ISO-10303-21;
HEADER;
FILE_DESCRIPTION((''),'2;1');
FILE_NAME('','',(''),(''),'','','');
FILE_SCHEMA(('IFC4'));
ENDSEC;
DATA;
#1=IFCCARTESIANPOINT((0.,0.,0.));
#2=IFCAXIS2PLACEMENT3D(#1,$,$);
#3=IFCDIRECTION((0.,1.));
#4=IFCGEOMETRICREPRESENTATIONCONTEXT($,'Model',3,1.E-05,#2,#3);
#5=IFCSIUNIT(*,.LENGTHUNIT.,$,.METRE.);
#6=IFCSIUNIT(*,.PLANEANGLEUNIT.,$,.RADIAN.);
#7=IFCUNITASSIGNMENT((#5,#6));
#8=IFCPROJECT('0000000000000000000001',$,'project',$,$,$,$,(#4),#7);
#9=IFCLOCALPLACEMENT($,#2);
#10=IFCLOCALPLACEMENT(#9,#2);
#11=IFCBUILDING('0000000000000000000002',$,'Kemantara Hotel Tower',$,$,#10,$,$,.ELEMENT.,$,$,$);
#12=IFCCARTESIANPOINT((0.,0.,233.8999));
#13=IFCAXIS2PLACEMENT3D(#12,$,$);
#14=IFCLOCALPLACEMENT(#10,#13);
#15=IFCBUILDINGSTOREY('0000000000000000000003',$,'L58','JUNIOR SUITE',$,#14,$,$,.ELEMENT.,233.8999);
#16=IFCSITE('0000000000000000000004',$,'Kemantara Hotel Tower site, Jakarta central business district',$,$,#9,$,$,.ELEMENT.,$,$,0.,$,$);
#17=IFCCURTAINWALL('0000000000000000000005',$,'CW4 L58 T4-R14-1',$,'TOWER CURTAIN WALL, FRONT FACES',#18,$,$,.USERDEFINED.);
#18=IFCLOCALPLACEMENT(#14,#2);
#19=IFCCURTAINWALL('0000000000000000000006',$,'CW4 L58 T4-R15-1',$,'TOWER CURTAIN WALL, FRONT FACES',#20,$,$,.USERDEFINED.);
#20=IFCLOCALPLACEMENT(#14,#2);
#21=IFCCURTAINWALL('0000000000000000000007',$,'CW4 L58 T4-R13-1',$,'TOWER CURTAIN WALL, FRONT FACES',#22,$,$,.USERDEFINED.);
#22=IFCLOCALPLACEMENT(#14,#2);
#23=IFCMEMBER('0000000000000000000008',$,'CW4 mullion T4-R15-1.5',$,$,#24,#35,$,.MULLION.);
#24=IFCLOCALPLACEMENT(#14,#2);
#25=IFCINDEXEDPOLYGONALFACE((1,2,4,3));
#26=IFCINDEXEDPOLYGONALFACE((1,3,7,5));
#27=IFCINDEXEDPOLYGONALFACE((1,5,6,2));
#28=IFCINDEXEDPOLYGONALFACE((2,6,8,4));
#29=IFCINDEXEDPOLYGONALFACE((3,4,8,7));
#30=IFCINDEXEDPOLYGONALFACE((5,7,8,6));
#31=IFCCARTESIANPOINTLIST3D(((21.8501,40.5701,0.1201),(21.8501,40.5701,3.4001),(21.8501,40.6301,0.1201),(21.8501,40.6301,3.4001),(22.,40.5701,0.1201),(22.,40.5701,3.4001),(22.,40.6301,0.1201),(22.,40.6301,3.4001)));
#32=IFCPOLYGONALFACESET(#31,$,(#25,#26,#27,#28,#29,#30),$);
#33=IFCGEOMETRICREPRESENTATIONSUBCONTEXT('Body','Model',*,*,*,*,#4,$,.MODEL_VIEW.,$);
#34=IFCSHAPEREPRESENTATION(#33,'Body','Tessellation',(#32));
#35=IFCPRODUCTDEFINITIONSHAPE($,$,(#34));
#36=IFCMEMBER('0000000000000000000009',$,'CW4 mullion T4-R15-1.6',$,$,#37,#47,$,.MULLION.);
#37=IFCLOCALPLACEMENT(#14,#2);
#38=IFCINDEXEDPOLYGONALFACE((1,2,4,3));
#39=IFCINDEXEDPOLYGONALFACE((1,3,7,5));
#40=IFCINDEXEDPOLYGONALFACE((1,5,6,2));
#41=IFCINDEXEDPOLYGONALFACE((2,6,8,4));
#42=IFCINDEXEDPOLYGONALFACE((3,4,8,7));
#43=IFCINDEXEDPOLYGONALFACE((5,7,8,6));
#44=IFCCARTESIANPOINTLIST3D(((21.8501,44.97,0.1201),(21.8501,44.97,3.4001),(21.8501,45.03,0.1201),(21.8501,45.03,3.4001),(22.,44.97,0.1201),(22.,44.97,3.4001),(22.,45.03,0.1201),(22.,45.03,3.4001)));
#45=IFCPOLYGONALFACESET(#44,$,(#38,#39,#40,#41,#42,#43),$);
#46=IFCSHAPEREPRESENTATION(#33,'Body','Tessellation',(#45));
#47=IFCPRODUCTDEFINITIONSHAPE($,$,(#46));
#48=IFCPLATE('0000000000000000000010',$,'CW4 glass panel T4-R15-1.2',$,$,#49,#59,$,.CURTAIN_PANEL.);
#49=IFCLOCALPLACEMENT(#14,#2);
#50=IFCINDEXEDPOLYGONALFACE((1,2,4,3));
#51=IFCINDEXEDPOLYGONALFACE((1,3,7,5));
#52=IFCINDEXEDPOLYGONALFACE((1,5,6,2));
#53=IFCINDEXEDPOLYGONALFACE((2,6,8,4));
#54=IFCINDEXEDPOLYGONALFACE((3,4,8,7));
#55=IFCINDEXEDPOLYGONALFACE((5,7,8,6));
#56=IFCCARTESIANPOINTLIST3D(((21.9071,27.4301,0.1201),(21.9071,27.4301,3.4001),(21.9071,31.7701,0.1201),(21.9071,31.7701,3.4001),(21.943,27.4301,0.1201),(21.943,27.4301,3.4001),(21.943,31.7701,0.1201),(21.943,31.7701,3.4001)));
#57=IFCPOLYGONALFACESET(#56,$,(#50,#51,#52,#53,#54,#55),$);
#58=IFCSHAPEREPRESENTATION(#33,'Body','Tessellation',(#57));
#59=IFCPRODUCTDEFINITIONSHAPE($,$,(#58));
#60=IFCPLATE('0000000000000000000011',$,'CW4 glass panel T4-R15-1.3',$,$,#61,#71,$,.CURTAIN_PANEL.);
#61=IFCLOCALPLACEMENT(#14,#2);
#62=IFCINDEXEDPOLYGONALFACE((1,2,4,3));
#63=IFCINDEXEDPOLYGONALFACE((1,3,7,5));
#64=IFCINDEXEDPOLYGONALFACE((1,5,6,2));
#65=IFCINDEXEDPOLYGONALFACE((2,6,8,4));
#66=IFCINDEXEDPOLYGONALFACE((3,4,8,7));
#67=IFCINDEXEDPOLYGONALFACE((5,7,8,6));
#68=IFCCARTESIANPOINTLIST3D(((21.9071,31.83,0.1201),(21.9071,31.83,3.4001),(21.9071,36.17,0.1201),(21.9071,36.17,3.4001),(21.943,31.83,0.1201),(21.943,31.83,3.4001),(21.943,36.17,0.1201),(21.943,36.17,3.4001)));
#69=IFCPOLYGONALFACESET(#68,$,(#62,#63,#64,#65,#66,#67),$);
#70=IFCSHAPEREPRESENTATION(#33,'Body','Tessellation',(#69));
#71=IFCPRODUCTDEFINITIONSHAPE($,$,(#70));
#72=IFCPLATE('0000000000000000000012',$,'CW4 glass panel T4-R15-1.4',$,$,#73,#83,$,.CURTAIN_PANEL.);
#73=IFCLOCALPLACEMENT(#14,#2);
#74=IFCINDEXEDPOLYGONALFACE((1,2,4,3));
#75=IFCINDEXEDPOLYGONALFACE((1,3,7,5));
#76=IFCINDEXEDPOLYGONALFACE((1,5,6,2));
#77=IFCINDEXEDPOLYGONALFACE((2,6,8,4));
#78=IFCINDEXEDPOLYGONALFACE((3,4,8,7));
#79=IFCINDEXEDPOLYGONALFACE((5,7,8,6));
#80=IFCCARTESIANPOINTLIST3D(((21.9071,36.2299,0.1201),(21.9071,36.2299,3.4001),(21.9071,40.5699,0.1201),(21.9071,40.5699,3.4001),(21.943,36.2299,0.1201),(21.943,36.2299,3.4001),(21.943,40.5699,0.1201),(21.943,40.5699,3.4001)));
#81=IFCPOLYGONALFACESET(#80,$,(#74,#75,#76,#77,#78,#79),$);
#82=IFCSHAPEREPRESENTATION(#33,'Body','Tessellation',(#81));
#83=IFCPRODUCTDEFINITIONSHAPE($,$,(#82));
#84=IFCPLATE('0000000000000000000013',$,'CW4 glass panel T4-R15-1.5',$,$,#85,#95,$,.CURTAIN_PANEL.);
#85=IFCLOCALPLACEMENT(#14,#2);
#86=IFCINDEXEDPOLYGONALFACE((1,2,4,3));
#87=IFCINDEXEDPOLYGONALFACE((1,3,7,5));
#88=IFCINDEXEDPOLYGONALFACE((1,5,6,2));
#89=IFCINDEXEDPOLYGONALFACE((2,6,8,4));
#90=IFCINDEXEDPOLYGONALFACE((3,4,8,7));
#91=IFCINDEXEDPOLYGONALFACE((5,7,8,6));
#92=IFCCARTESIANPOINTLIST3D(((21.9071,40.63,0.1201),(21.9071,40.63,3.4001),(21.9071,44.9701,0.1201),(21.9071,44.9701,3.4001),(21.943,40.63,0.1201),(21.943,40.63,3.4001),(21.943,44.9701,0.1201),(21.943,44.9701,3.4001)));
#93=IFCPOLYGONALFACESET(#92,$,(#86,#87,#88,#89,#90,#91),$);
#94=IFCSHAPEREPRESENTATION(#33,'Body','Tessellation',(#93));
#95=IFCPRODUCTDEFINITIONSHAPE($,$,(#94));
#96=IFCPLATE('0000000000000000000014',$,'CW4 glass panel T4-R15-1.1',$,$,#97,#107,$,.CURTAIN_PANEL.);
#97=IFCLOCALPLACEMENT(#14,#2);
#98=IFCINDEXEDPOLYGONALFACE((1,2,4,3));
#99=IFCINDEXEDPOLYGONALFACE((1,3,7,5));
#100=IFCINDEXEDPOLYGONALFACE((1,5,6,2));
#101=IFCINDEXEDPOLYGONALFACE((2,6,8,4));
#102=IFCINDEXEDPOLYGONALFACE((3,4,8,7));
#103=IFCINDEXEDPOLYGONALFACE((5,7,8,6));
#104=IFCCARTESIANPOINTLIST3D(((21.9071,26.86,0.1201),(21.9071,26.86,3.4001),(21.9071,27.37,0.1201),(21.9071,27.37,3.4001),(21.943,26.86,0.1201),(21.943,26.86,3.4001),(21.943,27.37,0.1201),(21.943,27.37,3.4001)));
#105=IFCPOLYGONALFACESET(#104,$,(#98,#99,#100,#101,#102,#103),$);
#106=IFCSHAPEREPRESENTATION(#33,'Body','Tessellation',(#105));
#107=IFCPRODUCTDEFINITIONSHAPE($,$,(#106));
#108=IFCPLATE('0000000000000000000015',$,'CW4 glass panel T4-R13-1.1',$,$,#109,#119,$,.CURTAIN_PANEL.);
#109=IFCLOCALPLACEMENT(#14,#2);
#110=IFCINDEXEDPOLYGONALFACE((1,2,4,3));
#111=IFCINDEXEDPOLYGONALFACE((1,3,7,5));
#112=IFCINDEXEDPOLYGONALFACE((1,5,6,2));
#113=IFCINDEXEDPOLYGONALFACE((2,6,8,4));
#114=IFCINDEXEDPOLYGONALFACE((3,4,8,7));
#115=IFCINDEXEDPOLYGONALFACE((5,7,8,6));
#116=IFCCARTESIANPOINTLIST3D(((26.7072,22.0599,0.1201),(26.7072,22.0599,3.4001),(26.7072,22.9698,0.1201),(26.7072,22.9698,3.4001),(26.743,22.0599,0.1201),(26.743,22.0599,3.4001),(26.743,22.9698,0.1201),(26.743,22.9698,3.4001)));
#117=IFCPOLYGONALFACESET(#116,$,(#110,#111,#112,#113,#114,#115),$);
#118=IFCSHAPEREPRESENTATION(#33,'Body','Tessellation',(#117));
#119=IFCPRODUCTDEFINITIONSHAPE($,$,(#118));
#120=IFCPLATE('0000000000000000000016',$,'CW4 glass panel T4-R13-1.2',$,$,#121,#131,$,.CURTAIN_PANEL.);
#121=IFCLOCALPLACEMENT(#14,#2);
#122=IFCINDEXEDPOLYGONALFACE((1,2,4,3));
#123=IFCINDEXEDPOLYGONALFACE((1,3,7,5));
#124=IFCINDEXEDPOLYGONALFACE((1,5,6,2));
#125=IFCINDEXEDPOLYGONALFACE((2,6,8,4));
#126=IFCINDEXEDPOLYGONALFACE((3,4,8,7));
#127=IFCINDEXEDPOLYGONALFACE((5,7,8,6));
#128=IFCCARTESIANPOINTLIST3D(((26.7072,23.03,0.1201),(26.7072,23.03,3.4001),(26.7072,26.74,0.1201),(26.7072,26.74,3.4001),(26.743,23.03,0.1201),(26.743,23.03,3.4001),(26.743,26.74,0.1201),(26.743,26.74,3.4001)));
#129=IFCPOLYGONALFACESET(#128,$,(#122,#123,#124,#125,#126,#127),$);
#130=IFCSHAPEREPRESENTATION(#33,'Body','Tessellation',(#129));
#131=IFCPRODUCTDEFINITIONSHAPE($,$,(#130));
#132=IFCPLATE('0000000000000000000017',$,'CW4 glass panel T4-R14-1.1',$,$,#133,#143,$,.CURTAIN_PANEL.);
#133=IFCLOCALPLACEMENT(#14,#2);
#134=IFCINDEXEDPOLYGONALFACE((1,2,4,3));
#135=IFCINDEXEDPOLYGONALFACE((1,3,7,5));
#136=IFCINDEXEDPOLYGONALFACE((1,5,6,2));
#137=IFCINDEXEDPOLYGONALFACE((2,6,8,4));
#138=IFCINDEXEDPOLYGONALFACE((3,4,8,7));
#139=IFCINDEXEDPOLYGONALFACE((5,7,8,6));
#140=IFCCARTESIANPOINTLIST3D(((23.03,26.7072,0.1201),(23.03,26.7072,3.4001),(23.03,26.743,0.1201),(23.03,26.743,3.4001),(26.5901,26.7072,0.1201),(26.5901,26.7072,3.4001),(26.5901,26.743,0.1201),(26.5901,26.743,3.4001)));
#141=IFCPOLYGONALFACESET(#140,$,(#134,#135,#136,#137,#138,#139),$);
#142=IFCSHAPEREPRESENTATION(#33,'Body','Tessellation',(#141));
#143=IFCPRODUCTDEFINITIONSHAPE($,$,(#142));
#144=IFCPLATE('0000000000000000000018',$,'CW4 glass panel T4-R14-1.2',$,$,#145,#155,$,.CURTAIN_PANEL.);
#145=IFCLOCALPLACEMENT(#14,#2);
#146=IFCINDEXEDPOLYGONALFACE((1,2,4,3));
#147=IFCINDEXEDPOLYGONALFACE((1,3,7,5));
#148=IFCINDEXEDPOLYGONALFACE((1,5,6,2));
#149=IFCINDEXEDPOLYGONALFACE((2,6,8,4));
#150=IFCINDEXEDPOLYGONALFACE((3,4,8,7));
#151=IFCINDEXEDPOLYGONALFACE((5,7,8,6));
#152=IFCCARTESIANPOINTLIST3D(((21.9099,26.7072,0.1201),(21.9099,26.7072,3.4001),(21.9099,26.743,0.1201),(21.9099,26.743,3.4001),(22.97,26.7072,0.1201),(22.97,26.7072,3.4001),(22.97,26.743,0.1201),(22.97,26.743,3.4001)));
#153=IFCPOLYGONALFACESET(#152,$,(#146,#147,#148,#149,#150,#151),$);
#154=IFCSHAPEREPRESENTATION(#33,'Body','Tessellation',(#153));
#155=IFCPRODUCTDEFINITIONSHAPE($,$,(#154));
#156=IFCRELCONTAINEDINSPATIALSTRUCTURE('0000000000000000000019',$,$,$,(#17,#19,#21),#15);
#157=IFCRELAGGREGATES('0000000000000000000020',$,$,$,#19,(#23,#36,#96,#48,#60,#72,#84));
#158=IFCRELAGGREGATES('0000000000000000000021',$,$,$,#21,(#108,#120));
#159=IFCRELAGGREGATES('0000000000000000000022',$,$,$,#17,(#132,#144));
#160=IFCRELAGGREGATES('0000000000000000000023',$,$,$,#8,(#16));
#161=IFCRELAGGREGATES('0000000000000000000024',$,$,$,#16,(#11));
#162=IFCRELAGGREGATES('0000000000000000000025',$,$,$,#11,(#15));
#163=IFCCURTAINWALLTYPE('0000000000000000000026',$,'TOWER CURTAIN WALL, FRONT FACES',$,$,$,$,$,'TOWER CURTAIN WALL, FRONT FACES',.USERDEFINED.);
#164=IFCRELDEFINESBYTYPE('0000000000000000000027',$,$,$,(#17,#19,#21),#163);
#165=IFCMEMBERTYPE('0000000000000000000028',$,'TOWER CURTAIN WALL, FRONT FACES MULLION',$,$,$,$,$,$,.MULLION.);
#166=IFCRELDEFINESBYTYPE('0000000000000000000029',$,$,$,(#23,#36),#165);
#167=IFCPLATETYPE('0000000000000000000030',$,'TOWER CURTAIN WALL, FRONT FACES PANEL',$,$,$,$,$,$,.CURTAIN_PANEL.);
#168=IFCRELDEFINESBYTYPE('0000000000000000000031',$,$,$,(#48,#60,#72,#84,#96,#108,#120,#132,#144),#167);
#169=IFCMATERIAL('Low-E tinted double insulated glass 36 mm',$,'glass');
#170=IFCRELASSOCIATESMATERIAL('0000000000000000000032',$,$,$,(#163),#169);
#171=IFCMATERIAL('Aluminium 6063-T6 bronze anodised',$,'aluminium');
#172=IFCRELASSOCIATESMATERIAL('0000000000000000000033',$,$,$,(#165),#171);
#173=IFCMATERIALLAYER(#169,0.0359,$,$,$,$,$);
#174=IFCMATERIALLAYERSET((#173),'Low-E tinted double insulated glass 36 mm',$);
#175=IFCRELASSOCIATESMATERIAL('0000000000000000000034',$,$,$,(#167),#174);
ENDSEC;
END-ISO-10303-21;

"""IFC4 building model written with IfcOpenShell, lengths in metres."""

from ifc_helpers import new_model, si_unit, direction, frame, origin, origin_2d, place, context, subcontext, project, spatial, rectangle, extrude, source, transform, mapped, material, layer, layer_set, material_profile, profile_set, type_object, element, aggregate, save


model = new_model("IFC4")

# Units and contexts
model_context = context("Model", 3, precision=1e-05, world=origin(), true_north=direction((0.0, 1.0)))
body_context = subcontext(model_context, "Body", "Model", "MODEL_VIEW")
ifc_project = project(units=[si_unit("LENGTHUNIT", "METRE"), si_unit("PLANEANGLEUNIT", "RADIAN")], contexts=[model_context])

# Site, building, storey
site_placement = place(None, origin())
site = spatial("IfcSite", under=ifc_project, at=site_placement, Name="Kemantara Hotel Tower site, Jakarta central business district", CompositionType="ELEMENT", RefElevation=0.0)
building_placement = place(site_placement, origin())
building = spatial("IfcBuilding", under=site, at=building_placement, Name="Kemantara Hotel Tower", CompositionType="ELEMENT")
storey_placement = place(building_placement, frame((0.0, 0.0, 233.8999)))
storey = spatial("IfcBuildingStorey", under=building, at=storey_placement, Name="L58", Description="JUNIOR SUITE", CompositionType="ELEMENT", Elevation=233.8999)

# Curtain walls
ifc_material_1 = material(Name="Low-E tinted double insulated glass 36 mm", Category="glass")
curtain_wall_type = type_object("IfcCurtainWallType", Name="TOWER CURTAIN WALL, FRONT FACES", ElementType="TOWER CURTAIN WALL, FRONT FACES", PredefinedType="USERDEFINED", material=ifc_material_1)
curtain_wall_1_placement = place(storey_placement, origin())
curtain_wall_1 = element("IfcCurtainWall", 1, at=curtain_wall_1_placement, inside=storey, type_object=curtain_wall_type, Name="CW4 L58 T4-R14-1", ObjectType="TOWER CURTAIN WALL, FRONT FACES", PredefinedType="USERDEFINED")
ifc_material_2 = material(Name="Aluminium 6063-T6 bronze anodised", Category="aluminium")
curtain_wall_2_placement = place(storey_placement, origin())
curtain_wall_2 = element("IfcCurtainWall", 2, at=curtain_wall_2_placement, inside=storey, type_object=curtain_wall_type, Name="CW4 L58 T4-R15-1", ObjectType="TOWER CURTAIN WALL, FRONT FACES", PredefinedType="USERDEFINED")

# Curtain wall
curtain_wall_3_placement = place(storey_placement, origin())
curtain_wall_3 = element("IfcCurtainWall", 3, at=curtain_wall_3_placement, inside=storey, type_object=curtain_wall_type, Name="CW4 L58 T4-R13-1", ObjectType="TOWER CURTAIN WALL, FRONT FACES", PredefinedType="USERDEFINED")
ifc_material_profile_1 = material_profile(ifc_material_2, rectangle(XDim=0.1499, YDim=0.0601, at=origin_2d()), Name="TOWER CURTAIN WALL, FRONT FACES MULLION")
ifc_profile_set_1 = profile_set([ifc_material_profile_1], Name="Aluminium 6063-T6 bronze anodised")
member_type_1 = type_object("IfcMemberType", Name="TOWER CURTAIN WALL, FRONT FACES MULLION", PredefinedType="MULLION", material=ifc_profile_set_1)
shared_shape_1 = source(origin(), body_context, "Body", "SweptSolid", [
    extrude(rectangle(XDim=0.1499, YDim=0.0601, at=origin_2d()), origin(), (0.0, 0.0, 1.0), 3.28),
])

# Members
member_1_placement = place(storey_placement, frame((21.925, 40.6001, 0.1201), z_axis=(0.0, 0.0, 1.0), x_axis=(-1.0, 0.0, 0.0)))
member_1 = element("IfcMember", 4, at=member_1_placement, type_object=member_type_1, Name="CW4 mullion T4-R15-1.5", PredefinedType="MULLION", context=body_context, shape_type="MappedRepresentation", body=[
    mapped(shared_shape_1, transform((0.0, 0.0, 0.0))),
])
member_2_placement = place(storey_placement, frame((21.925, 45.0, 0.1201), z_axis=(0.0, 0.0, 1.0), x_axis=(-1.0, 0.0, 0.0)))
member_2 = element("IfcMember", 5, at=member_2_placement, type_object=member_type_1, Name="CW4 mullion T4-R15-1.6", PredefinedType="MULLION", context=body_context, shape_type="MappedRepresentation", body=[
    mapped(shared_shape_1, transform((0.0, 0.0, 0.0))),
])

# Plates
ifc_layer_1 = layer(ifc_material_1, 0.0359)
ifc_layer_set_1 = layer_set([ifc_layer_1], Name="Low-E tinted double insulated glass 36 mm")
plate_type = type_object("IfcPlateType", Name="TOWER CURTAIN WALL, FRONT FACES PANEL", PredefinedType="CURTAIN_PANEL", material=ifc_layer_set_1)
shared_shape_2 = source(origin(), body_context, "Body", "SweptSolid", [
    extrude(rectangle(XDim=4.3401, YDim=0.0359, at=origin_2d()), origin(), (0.0, 0.0, 1.0), 3.28),
])
plate_1_placement = place(storey_placement, frame((21.925, 29.6001, 0.1201), z_axis=(0.0, 0.0, 1.0), x_axis=(0.0, 1.0, 0.0)))
plate_1 = element("IfcPlate", 6, at=plate_1_placement, type_object=plate_type, Name="CW4 glass panel T4-R15-1.2", PredefinedType="CURTAIN_PANEL", context=body_context, shape_type="MappedRepresentation", body=[
    mapped(shared_shape_2, transform((0.0, 0.0, 0.0))),
])
plate_2_placement = place(storey_placement, frame((21.925, 34.0, 0.1201), z_axis=(0.0, 0.0, 1.0), x_axis=(0.0, 1.0, 0.0)))
plate_2 = element("IfcPlate", 7, at=plate_2_placement, type_object=plate_type, Name="CW4 glass panel T4-R15-1.3", PredefinedType="CURTAIN_PANEL", context=body_context, shape_type="MappedRepresentation", body=[
    mapped(shared_shape_2, transform((0.0, 0.0, 0.0))),
])
plate_3_placement = place(storey_placement, frame((21.925, 38.3999, 0.1201), z_axis=(0.0, 0.0, 1.0), x_axis=(0.0, 1.0, 0.0)))
plate_3 = element("IfcPlate", 8, at=plate_3_placement, type_object=plate_type, Name="CW4 glass panel T4-R15-1.4", PredefinedType="CURTAIN_PANEL", context=body_context, shape_type="MappedRepresentation", body=[
    mapped(shared_shape_2, transform((0.0, 0.0, 0.0))),
])
plate_4_placement = place(storey_placement, frame((21.925, 42.8, 0.1201), z_axis=(0.0, 0.0, 1.0), x_axis=(0.0, 1.0, 0.0)))
plate_4 = element("IfcPlate", 9, at=plate_4_placement, type_object=plate_type, Name="CW4 glass panel T4-R15-1.5", PredefinedType="CURTAIN_PANEL", context=body_context, shape_type="MappedRepresentation", body=[
    mapped(shared_shape_2, transform((0.0, 0.0, 0.0))),
])
shared_shape_3 = source(origin(), body_context, "Body", "SweptSolid", [
    extrude(rectangle(XDim=0.51, YDim=0.0359, at=origin_2d()), origin(), (0.0, 0.0, 1.0), 3.28),
])
plate_5_placement = place(storey_placement, frame((21.925, 27.115, 0.1201), z_axis=(0.0, 0.0, 1.0), x_axis=(0.0, 1.0, 0.0)))
plate_5 = element("IfcPlate", 10, at=plate_5_placement, type_object=plate_type, Name="CW4 glass panel T4-R15-1.1", PredefinedType="CURTAIN_PANEL", context=body_context, shape_type="MappedRepresentation", body=[
    mapped(shared_shape_3, transform((0.0, 0.0, 0.0))),
])
aggregate(curtain_wall_2, [member_1, member_2, plate_5, plate_1, plate_2, plate_3, plate_4])
shared_shape_4 = source(origin(), body_context, "Body", "SweptSolid", [
    extrude(rectangle(XDim=0.9099, YDim=0.0359, at=origin_2d()), origin(), (0.0, 0.0, 1.0), 3.28),
])
plate_6_placement = place(storey_placement, frame((26.7251, 22.5149, 0.1201), z_axis=(0.0, 0.0, 1.0), x_axis=(0.0, 1.0, 0.0)))
plate_6 = element("IfcPlate", 11, at=plate_6_placement, type_object=plate_type, Name="CW4 glass panel T4-R13-1.1", PredefinedType="CURTAIN_PANEL", context=body_context, shape_type="MappedRepresentation", body=[
    mapped(shared_shape_4, transform((0.0, 0.0, 0.0))),
])
shared_shape_5 = source(origin(), body_context, "Body", "SweptSolid", [
    extrude(rectangle(XDim=3.71, YDim=0.0359, at=origin_2d()), origin(), (0.0, 0.0, 1.0), 3.28),
])
plate_7_placement = place(storey_placement, frame((26.7251, 24.885, 0.1201), z_axis=(0.0, 0.0, 1.0), x_axis=(0.0, 1.0, 0.0)))
plate_7 = element("IfcPlate", 12, at=plate_7_placement, type_object=plate_type, Name="CW4 glass panel T4-R13-1.2", PredefinedType="CURTAIN_PANEL", context=body_context, shape_type="MappedRepresentation", body=[
    mapped(shared_shape_5, transform((0.0, 0.0, 0.0))),
])
aggregate(curtain_wall_3, [plate_6, plate_7])
shared_shape_6 = source(origin(), body_context, "Body", "SweptSolid", [
    extrude(rectangle(XDim=3.5601, YDim=0.0359, at=origin_2d()), origin(), (0.0, 0.0, 1.0), 3.28),
])
plate_8_placement = place(storey_placement, frame((24.8101, 26.7251, 0.1201), z_axis=(0.0, 0.0, 1.0), x_axis=(-1.0, 0.0, 0.0)))
plate_8 = element("IfcPlate", 13, at=plate_8_placement, type_object=plate_type, Name="CW4 glass panel T4-R14-1.1", PredefinedType="CURTAIN_PANEL", context=body_context, shape_type="MappedRepresentation", body=[
    mapped(shared_shape_6, transform((0.0, 0.0, 0.0))),
])
shared_shape_7 = source(origin(), body_context, "Body", "SweptSolid", [
    extrude(rectangle(XDim=1.0601, YDim=0.0359, at=origin_2d()), origin(), (0.0, 0.0, 1.0), 3.28),
])
plate_9_placement = place(storey_placement, frame((22.4399, 26.7251, 0.1201), z_axis=(0.0, 0.0, 1.0), x_axis=(-1.0, 0.0, 0.0)))
plate_9 = element("IfcPlate", 14, at=plate_9_placement, type_object=plate_type, Name="CW4 glass panel T4-R14-1.2", PredefinedType="CURTAIN_PANEL", context=body_context, shape_type="MappedRepresentation", body=[
    mapped(shared_shape_7, transform((0.0, 0.0, 0.0))),
])
aggregate(curtain_wall_1, [plate_8, plate_9])

save(model, "model.ifc")
